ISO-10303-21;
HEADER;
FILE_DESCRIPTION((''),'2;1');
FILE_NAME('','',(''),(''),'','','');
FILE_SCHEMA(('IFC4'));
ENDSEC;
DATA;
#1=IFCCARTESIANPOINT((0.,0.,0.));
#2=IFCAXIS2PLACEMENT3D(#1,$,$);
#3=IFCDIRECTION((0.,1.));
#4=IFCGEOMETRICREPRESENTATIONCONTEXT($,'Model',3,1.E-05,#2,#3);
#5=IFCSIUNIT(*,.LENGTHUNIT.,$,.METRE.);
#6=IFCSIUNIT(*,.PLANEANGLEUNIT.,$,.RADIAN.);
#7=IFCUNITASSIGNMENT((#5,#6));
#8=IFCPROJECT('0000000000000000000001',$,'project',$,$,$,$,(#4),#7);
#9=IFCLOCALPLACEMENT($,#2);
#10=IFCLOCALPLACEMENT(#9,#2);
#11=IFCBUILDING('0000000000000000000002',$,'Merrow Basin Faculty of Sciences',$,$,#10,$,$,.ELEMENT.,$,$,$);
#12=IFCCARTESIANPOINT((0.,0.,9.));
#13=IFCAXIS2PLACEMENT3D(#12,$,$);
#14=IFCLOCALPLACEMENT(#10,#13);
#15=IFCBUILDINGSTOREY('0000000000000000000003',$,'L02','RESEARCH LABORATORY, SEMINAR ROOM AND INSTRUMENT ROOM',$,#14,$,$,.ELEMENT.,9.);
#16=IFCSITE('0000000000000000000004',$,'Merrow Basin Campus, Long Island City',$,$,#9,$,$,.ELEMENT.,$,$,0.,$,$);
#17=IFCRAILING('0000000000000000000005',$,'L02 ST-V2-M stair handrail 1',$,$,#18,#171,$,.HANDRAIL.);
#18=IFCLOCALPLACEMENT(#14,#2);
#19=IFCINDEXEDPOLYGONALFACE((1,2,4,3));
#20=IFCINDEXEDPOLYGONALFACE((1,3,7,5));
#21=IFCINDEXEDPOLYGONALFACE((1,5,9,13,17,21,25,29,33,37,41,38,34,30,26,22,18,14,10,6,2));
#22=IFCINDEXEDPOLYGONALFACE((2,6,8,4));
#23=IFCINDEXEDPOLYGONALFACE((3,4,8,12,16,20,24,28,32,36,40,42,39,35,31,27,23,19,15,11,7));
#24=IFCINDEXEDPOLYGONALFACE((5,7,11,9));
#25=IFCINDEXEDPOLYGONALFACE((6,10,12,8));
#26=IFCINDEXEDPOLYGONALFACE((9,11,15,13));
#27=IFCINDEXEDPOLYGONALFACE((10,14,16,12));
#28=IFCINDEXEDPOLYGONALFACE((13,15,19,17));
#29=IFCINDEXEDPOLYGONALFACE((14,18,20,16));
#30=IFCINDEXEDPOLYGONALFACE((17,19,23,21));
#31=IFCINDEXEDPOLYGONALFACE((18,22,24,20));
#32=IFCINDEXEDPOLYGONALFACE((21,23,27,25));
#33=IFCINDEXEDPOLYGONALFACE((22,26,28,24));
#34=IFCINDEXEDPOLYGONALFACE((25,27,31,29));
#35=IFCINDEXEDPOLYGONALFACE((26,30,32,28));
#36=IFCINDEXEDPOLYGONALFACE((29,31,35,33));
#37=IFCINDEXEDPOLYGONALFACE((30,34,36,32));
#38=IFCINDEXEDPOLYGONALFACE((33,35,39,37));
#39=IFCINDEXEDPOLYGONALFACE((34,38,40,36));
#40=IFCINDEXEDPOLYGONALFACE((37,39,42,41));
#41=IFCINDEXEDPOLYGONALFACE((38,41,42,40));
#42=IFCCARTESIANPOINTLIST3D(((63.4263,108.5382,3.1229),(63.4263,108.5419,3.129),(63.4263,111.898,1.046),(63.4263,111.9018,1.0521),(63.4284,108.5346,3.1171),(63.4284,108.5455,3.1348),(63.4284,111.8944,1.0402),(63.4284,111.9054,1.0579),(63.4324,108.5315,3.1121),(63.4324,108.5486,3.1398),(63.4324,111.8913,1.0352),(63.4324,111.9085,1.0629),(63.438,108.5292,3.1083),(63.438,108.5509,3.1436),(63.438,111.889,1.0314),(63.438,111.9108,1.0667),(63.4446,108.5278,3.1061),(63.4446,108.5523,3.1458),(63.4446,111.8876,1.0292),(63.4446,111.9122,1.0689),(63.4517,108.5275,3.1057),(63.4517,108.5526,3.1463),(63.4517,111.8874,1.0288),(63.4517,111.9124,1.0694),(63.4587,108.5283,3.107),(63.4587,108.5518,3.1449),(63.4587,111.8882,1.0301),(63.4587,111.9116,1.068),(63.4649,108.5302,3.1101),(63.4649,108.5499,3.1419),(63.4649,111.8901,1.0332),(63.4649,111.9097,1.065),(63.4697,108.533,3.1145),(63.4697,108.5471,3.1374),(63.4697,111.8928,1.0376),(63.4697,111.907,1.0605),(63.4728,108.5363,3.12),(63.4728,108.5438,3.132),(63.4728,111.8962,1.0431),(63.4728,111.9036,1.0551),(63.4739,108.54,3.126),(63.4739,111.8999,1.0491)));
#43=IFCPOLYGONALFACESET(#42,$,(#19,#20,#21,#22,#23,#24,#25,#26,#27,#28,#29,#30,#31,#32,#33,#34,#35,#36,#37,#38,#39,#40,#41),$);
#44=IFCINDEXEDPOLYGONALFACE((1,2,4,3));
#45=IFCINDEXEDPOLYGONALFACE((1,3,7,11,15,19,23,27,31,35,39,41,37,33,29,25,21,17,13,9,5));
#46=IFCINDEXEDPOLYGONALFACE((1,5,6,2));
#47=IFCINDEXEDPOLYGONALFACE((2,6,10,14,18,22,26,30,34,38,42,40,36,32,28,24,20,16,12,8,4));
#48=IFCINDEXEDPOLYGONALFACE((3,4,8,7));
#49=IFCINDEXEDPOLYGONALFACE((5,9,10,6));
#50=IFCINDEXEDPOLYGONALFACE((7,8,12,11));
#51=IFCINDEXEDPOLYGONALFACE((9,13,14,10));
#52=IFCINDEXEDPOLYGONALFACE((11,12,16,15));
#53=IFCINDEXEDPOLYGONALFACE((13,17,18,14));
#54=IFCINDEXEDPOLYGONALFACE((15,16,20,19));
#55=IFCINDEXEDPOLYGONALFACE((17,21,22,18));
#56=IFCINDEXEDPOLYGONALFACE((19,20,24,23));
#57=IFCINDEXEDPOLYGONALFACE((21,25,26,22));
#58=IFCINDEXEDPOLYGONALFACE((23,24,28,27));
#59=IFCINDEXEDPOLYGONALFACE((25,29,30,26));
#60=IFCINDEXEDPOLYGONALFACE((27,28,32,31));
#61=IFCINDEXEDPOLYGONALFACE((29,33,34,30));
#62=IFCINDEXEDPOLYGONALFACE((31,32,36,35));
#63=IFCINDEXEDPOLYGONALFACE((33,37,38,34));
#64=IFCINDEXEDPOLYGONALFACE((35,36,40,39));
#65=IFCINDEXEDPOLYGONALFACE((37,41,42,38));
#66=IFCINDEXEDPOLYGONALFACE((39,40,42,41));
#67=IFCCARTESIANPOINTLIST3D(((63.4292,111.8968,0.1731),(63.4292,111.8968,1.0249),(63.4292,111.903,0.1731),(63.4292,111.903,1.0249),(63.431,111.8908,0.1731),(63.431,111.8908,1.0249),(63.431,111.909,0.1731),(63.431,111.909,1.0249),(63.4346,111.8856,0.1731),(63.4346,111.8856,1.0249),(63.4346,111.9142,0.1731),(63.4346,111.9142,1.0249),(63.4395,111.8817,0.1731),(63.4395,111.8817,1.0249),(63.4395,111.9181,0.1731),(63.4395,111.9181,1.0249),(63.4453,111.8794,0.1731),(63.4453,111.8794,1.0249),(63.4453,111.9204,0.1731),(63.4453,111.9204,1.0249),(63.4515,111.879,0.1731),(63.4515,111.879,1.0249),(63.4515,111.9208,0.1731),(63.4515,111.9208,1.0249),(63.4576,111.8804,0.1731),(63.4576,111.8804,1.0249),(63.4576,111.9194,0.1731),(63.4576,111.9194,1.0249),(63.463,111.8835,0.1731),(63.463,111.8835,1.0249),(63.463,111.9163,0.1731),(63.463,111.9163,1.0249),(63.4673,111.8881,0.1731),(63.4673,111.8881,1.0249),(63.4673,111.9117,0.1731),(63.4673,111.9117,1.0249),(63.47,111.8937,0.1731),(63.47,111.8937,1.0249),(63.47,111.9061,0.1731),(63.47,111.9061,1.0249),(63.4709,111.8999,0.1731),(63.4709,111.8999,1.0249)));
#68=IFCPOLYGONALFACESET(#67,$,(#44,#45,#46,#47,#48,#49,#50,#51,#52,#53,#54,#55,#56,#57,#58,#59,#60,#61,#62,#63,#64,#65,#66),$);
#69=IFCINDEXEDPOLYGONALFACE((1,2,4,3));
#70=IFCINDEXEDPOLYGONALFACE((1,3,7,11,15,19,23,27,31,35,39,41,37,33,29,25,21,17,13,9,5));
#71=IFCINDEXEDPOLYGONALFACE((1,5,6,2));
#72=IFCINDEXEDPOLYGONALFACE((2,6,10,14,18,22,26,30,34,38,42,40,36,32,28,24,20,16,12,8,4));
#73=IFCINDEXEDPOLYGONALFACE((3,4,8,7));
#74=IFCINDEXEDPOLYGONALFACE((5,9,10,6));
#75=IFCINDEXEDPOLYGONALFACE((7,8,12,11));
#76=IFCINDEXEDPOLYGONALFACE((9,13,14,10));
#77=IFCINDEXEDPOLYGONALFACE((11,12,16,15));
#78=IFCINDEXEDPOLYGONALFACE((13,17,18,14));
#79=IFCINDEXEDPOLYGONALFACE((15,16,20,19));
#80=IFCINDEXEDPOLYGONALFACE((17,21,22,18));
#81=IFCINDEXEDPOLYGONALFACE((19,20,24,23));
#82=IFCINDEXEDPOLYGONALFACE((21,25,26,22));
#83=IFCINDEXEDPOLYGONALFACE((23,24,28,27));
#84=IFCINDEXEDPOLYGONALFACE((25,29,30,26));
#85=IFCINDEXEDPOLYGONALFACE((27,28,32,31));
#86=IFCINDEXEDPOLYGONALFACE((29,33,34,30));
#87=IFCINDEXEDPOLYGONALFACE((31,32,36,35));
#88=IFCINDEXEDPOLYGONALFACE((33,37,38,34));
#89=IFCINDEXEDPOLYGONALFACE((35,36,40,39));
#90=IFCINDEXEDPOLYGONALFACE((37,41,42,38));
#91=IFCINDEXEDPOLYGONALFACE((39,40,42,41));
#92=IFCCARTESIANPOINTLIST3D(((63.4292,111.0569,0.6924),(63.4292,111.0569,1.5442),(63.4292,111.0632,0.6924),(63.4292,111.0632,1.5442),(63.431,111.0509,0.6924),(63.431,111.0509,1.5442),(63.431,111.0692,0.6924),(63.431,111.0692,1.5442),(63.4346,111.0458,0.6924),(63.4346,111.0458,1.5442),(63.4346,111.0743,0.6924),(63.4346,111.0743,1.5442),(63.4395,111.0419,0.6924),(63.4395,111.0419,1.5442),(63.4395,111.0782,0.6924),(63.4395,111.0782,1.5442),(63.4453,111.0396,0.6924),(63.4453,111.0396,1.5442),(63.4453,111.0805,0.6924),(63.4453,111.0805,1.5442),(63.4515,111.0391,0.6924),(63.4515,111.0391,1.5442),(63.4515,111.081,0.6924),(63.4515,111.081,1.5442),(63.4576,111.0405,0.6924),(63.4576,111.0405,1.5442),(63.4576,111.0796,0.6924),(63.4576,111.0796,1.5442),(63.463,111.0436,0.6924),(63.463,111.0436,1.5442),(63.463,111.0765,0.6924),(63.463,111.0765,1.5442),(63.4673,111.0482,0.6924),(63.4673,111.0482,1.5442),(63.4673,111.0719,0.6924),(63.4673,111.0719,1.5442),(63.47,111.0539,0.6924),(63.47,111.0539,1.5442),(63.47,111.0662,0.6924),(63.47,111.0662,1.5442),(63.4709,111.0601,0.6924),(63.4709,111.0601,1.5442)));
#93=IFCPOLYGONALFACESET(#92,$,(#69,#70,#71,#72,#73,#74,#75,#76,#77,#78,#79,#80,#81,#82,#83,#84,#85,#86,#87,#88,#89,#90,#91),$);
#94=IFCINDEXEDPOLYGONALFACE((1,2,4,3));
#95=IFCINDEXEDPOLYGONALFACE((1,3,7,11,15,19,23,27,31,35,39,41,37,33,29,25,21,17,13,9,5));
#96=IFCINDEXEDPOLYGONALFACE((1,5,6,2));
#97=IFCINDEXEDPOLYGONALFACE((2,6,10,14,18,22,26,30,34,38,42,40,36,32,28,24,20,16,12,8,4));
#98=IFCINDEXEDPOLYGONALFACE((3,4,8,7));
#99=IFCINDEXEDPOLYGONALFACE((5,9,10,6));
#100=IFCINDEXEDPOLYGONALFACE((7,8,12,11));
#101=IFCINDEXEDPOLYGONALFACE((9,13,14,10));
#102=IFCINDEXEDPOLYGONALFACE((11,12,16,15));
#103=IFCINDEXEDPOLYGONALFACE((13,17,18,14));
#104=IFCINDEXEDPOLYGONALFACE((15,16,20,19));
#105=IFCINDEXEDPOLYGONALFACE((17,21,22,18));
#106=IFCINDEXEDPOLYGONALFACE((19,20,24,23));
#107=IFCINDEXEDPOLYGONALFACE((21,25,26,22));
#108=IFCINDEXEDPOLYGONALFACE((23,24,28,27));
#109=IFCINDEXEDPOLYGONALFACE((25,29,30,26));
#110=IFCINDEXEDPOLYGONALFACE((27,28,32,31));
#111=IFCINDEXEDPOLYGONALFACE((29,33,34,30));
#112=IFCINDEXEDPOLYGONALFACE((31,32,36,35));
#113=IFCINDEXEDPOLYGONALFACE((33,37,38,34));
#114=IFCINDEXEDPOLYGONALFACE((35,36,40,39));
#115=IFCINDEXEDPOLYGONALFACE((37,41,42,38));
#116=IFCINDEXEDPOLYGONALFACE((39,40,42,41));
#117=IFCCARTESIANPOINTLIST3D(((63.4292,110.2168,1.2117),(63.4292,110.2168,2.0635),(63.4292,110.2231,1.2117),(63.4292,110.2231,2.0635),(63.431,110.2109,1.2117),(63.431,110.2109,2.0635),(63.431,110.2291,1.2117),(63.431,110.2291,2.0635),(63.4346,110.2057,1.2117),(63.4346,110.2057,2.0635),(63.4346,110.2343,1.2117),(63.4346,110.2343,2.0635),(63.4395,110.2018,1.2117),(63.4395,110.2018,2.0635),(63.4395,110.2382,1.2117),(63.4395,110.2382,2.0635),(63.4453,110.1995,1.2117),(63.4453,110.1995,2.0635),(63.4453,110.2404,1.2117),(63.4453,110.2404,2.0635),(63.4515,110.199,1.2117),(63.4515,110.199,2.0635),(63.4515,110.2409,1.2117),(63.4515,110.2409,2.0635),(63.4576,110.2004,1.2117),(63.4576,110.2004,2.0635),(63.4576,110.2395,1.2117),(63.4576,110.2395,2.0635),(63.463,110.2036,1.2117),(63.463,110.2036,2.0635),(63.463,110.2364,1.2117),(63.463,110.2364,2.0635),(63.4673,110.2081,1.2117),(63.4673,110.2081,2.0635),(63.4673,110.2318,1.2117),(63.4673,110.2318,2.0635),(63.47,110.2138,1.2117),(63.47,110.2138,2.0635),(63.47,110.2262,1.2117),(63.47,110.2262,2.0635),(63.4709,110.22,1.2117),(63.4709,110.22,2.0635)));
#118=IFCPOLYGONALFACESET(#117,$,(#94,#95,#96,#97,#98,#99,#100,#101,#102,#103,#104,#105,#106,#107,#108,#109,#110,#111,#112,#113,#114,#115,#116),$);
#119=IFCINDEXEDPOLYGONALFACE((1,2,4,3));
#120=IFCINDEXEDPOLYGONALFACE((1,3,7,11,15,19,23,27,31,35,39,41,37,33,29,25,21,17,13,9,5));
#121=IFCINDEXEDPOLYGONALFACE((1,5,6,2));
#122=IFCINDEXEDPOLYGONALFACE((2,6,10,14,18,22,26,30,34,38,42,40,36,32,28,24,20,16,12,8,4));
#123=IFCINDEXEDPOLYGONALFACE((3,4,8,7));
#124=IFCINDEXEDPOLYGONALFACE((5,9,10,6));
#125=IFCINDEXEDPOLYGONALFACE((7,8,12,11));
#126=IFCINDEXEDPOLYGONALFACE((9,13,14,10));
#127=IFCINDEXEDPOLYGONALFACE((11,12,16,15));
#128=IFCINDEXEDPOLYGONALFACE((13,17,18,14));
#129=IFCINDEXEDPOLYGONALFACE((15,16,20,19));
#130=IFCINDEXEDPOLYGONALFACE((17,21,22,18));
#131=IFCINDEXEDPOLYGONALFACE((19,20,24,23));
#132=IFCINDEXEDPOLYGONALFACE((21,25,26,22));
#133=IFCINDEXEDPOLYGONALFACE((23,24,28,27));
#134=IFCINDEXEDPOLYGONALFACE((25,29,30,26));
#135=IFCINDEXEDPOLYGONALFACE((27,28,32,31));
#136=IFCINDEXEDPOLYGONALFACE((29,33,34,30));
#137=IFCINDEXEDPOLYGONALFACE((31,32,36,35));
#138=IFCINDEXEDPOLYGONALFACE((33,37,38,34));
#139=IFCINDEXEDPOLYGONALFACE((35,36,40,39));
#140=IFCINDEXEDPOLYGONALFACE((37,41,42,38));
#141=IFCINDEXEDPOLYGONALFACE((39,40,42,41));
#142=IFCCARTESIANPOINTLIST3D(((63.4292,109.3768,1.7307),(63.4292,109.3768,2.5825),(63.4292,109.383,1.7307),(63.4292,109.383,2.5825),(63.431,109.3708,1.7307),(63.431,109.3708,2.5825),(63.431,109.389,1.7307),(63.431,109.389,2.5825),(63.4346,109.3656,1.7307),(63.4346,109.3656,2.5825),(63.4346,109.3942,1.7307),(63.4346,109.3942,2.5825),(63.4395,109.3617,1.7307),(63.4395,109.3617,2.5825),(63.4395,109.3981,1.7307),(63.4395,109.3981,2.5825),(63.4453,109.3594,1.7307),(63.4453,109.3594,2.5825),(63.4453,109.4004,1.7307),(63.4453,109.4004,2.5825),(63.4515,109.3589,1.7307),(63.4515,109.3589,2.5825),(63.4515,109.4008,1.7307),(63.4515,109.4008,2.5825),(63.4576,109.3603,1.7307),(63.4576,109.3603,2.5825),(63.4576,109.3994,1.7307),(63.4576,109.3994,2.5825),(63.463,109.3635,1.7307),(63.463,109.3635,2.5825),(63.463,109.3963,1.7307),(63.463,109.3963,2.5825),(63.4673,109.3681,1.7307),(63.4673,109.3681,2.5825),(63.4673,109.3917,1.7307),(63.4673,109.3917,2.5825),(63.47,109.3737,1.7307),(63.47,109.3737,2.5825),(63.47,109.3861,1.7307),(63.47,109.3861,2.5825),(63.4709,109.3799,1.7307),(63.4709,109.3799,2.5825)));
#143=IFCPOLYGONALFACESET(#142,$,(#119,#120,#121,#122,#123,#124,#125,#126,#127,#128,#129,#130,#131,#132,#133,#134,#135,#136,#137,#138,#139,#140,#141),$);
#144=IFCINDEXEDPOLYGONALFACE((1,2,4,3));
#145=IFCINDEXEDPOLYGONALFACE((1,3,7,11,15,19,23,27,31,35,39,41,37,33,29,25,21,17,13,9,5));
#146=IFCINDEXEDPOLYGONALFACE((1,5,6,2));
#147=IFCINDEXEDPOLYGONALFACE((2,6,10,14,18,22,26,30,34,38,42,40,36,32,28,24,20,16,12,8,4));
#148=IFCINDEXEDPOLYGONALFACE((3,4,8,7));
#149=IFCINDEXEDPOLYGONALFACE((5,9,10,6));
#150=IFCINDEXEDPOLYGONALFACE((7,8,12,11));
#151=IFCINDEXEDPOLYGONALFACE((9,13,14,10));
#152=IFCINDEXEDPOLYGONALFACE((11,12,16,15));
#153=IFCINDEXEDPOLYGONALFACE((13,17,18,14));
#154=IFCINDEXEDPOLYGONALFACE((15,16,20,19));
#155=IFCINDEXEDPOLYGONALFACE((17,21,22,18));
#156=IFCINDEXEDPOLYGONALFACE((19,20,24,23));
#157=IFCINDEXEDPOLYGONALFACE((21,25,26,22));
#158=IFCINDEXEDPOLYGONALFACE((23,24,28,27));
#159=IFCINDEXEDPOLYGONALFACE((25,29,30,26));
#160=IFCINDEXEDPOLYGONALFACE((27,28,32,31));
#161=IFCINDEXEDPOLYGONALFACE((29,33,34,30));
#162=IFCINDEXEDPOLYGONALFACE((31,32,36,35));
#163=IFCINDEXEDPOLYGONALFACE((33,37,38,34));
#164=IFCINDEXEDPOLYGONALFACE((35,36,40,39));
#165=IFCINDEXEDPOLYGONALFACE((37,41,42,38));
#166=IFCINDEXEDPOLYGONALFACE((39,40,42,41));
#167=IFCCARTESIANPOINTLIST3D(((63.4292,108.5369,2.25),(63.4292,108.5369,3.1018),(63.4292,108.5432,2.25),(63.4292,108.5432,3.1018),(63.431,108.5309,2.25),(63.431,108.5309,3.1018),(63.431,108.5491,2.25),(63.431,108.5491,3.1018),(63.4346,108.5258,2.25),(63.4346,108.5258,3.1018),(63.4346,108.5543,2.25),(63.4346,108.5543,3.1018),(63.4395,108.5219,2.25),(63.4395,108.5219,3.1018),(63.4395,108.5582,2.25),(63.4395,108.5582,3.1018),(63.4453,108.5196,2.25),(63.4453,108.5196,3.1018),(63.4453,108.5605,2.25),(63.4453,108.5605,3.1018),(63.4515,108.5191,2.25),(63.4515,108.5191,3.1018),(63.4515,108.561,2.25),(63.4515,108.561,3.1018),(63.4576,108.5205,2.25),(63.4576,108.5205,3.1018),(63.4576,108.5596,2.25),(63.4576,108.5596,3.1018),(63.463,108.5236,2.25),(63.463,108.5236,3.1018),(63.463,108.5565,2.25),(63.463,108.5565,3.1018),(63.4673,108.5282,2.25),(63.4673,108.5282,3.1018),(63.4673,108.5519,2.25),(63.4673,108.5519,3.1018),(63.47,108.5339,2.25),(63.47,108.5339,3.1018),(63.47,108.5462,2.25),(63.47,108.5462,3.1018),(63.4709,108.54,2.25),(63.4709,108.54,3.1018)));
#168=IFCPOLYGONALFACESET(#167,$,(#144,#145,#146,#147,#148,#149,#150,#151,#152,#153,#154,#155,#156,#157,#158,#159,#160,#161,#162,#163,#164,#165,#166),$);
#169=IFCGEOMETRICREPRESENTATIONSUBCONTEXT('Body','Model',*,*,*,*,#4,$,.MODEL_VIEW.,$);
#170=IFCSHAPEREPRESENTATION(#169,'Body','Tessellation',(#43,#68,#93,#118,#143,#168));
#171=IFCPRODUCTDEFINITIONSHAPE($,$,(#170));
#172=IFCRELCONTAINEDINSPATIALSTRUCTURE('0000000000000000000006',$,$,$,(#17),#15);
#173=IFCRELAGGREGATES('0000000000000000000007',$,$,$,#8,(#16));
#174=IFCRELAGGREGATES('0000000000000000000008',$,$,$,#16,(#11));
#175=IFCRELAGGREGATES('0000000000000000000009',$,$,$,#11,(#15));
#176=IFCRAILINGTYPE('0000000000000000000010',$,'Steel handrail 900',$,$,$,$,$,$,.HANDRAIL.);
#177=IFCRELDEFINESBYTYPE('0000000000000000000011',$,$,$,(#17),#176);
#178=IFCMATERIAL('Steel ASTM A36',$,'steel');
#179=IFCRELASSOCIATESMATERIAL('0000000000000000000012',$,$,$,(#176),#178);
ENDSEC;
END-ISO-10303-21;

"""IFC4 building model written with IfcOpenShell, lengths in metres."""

from ifc_helpers import new_model, si_unit, direction, frame, origin, origin_2d, place, context, subcontext, project, spatial, circle, extrude, material, type_object, element, save


model = new_model("IFC4")

# Units and contexts
model_context = context("Model", 3, precision=1e-05, world=origin(), true_north=direction((0.0, 1.0)))
body_context = subcontext(model_context, "Body", "Model", "MODEL_VIEW")
ifc_project = project(units=[si_unit("LENGTHUNIT", "METRE"), si_unit("PLANEANGLEUNIT", "RADIAN")], contexts=[model_context])

# Site, building, storey
site_placement = place(None, origin())
site = spatial("IfcSite", under=ifc_project, at=site_placement, Name="Merrow Basin Campus, Long Island City", CompositionType="ELEMENT", RefElevation=0.0)
building_placement = place(site_placement, origin())
building = spatial("IfcBuilding", under=site, at=building_placement, Name="Merrow Basin Faculty of Sciences", CompositionType="ELEMENT")
storey_placement = place(building_placement, frame((0.0, 0.0, 9.0)))
storey = spatial("IfcBuildingStorey", under=building, at=storey_placement, Name="L02", Description="RESEARCH LABORATORY, SEMINAR ROOM AND INSTRUMENT ROOM", CompositionType="ELEMENT", Elevation=9.0)

# Railing
ifc_material_1 = material(Name="Steel ASTM A36", Category="steel")
railing_type_1 = type_object("IfcRailingType", Name="Steel handrail 900", PredefinedType="HANDRAIL", material=ifc_material_1)
railing_1_placement = place(storey_placement, frame((63.45, 111.8999, 0.1731)))
element("IfcRailing", 1, at=railing_1_placement, inside=storey, type_object=railing_type_1, Name="L02 ST-V2-M stair handrail 1", PredefinedType="HANDRAIL", context=body_context, shape_type="SweptSolid", body=[
    extrude(circle(Radius=0.0239, at=origin_2d()), frame((0.0, 0.0, 0.876), z_axis=(0.0, -0.850606, 0.525803), x_axis=(1.0, 0.0, 0.0)), (0.0, 0.0, 1.0), 3.95),
    extrude(circle(Radius=0.021, at=origin_2d()), origin(), (0.0, 0.0, 1.0), 0.8518),
    extrude(circle(Radius=0.021, at=origin_2d()), frame((0.0, -0.8398, 0.5193)), (0.0, 0.0, 1.0), 0.8518),
    extrude(circle(Radius=0.021, at=origin_2d()), frame((0.0, -1.6799, 1.0386)), (0.0, 0.0, 1.0), 0.8518),
    extrude(circle(Radius=0.021, at=origin_2d()), frame((0.0, -2.52, 1.5576)), (0.0, 0.0, 1.0), 0.8518),
    extrude(circle(Radius=0.021, at=origin_2d()), frame((0.0, -3.3599, 2.0769)), (0.0, 0.0, 1.0), 0.8518),
])

save(model, "model.ifc")
